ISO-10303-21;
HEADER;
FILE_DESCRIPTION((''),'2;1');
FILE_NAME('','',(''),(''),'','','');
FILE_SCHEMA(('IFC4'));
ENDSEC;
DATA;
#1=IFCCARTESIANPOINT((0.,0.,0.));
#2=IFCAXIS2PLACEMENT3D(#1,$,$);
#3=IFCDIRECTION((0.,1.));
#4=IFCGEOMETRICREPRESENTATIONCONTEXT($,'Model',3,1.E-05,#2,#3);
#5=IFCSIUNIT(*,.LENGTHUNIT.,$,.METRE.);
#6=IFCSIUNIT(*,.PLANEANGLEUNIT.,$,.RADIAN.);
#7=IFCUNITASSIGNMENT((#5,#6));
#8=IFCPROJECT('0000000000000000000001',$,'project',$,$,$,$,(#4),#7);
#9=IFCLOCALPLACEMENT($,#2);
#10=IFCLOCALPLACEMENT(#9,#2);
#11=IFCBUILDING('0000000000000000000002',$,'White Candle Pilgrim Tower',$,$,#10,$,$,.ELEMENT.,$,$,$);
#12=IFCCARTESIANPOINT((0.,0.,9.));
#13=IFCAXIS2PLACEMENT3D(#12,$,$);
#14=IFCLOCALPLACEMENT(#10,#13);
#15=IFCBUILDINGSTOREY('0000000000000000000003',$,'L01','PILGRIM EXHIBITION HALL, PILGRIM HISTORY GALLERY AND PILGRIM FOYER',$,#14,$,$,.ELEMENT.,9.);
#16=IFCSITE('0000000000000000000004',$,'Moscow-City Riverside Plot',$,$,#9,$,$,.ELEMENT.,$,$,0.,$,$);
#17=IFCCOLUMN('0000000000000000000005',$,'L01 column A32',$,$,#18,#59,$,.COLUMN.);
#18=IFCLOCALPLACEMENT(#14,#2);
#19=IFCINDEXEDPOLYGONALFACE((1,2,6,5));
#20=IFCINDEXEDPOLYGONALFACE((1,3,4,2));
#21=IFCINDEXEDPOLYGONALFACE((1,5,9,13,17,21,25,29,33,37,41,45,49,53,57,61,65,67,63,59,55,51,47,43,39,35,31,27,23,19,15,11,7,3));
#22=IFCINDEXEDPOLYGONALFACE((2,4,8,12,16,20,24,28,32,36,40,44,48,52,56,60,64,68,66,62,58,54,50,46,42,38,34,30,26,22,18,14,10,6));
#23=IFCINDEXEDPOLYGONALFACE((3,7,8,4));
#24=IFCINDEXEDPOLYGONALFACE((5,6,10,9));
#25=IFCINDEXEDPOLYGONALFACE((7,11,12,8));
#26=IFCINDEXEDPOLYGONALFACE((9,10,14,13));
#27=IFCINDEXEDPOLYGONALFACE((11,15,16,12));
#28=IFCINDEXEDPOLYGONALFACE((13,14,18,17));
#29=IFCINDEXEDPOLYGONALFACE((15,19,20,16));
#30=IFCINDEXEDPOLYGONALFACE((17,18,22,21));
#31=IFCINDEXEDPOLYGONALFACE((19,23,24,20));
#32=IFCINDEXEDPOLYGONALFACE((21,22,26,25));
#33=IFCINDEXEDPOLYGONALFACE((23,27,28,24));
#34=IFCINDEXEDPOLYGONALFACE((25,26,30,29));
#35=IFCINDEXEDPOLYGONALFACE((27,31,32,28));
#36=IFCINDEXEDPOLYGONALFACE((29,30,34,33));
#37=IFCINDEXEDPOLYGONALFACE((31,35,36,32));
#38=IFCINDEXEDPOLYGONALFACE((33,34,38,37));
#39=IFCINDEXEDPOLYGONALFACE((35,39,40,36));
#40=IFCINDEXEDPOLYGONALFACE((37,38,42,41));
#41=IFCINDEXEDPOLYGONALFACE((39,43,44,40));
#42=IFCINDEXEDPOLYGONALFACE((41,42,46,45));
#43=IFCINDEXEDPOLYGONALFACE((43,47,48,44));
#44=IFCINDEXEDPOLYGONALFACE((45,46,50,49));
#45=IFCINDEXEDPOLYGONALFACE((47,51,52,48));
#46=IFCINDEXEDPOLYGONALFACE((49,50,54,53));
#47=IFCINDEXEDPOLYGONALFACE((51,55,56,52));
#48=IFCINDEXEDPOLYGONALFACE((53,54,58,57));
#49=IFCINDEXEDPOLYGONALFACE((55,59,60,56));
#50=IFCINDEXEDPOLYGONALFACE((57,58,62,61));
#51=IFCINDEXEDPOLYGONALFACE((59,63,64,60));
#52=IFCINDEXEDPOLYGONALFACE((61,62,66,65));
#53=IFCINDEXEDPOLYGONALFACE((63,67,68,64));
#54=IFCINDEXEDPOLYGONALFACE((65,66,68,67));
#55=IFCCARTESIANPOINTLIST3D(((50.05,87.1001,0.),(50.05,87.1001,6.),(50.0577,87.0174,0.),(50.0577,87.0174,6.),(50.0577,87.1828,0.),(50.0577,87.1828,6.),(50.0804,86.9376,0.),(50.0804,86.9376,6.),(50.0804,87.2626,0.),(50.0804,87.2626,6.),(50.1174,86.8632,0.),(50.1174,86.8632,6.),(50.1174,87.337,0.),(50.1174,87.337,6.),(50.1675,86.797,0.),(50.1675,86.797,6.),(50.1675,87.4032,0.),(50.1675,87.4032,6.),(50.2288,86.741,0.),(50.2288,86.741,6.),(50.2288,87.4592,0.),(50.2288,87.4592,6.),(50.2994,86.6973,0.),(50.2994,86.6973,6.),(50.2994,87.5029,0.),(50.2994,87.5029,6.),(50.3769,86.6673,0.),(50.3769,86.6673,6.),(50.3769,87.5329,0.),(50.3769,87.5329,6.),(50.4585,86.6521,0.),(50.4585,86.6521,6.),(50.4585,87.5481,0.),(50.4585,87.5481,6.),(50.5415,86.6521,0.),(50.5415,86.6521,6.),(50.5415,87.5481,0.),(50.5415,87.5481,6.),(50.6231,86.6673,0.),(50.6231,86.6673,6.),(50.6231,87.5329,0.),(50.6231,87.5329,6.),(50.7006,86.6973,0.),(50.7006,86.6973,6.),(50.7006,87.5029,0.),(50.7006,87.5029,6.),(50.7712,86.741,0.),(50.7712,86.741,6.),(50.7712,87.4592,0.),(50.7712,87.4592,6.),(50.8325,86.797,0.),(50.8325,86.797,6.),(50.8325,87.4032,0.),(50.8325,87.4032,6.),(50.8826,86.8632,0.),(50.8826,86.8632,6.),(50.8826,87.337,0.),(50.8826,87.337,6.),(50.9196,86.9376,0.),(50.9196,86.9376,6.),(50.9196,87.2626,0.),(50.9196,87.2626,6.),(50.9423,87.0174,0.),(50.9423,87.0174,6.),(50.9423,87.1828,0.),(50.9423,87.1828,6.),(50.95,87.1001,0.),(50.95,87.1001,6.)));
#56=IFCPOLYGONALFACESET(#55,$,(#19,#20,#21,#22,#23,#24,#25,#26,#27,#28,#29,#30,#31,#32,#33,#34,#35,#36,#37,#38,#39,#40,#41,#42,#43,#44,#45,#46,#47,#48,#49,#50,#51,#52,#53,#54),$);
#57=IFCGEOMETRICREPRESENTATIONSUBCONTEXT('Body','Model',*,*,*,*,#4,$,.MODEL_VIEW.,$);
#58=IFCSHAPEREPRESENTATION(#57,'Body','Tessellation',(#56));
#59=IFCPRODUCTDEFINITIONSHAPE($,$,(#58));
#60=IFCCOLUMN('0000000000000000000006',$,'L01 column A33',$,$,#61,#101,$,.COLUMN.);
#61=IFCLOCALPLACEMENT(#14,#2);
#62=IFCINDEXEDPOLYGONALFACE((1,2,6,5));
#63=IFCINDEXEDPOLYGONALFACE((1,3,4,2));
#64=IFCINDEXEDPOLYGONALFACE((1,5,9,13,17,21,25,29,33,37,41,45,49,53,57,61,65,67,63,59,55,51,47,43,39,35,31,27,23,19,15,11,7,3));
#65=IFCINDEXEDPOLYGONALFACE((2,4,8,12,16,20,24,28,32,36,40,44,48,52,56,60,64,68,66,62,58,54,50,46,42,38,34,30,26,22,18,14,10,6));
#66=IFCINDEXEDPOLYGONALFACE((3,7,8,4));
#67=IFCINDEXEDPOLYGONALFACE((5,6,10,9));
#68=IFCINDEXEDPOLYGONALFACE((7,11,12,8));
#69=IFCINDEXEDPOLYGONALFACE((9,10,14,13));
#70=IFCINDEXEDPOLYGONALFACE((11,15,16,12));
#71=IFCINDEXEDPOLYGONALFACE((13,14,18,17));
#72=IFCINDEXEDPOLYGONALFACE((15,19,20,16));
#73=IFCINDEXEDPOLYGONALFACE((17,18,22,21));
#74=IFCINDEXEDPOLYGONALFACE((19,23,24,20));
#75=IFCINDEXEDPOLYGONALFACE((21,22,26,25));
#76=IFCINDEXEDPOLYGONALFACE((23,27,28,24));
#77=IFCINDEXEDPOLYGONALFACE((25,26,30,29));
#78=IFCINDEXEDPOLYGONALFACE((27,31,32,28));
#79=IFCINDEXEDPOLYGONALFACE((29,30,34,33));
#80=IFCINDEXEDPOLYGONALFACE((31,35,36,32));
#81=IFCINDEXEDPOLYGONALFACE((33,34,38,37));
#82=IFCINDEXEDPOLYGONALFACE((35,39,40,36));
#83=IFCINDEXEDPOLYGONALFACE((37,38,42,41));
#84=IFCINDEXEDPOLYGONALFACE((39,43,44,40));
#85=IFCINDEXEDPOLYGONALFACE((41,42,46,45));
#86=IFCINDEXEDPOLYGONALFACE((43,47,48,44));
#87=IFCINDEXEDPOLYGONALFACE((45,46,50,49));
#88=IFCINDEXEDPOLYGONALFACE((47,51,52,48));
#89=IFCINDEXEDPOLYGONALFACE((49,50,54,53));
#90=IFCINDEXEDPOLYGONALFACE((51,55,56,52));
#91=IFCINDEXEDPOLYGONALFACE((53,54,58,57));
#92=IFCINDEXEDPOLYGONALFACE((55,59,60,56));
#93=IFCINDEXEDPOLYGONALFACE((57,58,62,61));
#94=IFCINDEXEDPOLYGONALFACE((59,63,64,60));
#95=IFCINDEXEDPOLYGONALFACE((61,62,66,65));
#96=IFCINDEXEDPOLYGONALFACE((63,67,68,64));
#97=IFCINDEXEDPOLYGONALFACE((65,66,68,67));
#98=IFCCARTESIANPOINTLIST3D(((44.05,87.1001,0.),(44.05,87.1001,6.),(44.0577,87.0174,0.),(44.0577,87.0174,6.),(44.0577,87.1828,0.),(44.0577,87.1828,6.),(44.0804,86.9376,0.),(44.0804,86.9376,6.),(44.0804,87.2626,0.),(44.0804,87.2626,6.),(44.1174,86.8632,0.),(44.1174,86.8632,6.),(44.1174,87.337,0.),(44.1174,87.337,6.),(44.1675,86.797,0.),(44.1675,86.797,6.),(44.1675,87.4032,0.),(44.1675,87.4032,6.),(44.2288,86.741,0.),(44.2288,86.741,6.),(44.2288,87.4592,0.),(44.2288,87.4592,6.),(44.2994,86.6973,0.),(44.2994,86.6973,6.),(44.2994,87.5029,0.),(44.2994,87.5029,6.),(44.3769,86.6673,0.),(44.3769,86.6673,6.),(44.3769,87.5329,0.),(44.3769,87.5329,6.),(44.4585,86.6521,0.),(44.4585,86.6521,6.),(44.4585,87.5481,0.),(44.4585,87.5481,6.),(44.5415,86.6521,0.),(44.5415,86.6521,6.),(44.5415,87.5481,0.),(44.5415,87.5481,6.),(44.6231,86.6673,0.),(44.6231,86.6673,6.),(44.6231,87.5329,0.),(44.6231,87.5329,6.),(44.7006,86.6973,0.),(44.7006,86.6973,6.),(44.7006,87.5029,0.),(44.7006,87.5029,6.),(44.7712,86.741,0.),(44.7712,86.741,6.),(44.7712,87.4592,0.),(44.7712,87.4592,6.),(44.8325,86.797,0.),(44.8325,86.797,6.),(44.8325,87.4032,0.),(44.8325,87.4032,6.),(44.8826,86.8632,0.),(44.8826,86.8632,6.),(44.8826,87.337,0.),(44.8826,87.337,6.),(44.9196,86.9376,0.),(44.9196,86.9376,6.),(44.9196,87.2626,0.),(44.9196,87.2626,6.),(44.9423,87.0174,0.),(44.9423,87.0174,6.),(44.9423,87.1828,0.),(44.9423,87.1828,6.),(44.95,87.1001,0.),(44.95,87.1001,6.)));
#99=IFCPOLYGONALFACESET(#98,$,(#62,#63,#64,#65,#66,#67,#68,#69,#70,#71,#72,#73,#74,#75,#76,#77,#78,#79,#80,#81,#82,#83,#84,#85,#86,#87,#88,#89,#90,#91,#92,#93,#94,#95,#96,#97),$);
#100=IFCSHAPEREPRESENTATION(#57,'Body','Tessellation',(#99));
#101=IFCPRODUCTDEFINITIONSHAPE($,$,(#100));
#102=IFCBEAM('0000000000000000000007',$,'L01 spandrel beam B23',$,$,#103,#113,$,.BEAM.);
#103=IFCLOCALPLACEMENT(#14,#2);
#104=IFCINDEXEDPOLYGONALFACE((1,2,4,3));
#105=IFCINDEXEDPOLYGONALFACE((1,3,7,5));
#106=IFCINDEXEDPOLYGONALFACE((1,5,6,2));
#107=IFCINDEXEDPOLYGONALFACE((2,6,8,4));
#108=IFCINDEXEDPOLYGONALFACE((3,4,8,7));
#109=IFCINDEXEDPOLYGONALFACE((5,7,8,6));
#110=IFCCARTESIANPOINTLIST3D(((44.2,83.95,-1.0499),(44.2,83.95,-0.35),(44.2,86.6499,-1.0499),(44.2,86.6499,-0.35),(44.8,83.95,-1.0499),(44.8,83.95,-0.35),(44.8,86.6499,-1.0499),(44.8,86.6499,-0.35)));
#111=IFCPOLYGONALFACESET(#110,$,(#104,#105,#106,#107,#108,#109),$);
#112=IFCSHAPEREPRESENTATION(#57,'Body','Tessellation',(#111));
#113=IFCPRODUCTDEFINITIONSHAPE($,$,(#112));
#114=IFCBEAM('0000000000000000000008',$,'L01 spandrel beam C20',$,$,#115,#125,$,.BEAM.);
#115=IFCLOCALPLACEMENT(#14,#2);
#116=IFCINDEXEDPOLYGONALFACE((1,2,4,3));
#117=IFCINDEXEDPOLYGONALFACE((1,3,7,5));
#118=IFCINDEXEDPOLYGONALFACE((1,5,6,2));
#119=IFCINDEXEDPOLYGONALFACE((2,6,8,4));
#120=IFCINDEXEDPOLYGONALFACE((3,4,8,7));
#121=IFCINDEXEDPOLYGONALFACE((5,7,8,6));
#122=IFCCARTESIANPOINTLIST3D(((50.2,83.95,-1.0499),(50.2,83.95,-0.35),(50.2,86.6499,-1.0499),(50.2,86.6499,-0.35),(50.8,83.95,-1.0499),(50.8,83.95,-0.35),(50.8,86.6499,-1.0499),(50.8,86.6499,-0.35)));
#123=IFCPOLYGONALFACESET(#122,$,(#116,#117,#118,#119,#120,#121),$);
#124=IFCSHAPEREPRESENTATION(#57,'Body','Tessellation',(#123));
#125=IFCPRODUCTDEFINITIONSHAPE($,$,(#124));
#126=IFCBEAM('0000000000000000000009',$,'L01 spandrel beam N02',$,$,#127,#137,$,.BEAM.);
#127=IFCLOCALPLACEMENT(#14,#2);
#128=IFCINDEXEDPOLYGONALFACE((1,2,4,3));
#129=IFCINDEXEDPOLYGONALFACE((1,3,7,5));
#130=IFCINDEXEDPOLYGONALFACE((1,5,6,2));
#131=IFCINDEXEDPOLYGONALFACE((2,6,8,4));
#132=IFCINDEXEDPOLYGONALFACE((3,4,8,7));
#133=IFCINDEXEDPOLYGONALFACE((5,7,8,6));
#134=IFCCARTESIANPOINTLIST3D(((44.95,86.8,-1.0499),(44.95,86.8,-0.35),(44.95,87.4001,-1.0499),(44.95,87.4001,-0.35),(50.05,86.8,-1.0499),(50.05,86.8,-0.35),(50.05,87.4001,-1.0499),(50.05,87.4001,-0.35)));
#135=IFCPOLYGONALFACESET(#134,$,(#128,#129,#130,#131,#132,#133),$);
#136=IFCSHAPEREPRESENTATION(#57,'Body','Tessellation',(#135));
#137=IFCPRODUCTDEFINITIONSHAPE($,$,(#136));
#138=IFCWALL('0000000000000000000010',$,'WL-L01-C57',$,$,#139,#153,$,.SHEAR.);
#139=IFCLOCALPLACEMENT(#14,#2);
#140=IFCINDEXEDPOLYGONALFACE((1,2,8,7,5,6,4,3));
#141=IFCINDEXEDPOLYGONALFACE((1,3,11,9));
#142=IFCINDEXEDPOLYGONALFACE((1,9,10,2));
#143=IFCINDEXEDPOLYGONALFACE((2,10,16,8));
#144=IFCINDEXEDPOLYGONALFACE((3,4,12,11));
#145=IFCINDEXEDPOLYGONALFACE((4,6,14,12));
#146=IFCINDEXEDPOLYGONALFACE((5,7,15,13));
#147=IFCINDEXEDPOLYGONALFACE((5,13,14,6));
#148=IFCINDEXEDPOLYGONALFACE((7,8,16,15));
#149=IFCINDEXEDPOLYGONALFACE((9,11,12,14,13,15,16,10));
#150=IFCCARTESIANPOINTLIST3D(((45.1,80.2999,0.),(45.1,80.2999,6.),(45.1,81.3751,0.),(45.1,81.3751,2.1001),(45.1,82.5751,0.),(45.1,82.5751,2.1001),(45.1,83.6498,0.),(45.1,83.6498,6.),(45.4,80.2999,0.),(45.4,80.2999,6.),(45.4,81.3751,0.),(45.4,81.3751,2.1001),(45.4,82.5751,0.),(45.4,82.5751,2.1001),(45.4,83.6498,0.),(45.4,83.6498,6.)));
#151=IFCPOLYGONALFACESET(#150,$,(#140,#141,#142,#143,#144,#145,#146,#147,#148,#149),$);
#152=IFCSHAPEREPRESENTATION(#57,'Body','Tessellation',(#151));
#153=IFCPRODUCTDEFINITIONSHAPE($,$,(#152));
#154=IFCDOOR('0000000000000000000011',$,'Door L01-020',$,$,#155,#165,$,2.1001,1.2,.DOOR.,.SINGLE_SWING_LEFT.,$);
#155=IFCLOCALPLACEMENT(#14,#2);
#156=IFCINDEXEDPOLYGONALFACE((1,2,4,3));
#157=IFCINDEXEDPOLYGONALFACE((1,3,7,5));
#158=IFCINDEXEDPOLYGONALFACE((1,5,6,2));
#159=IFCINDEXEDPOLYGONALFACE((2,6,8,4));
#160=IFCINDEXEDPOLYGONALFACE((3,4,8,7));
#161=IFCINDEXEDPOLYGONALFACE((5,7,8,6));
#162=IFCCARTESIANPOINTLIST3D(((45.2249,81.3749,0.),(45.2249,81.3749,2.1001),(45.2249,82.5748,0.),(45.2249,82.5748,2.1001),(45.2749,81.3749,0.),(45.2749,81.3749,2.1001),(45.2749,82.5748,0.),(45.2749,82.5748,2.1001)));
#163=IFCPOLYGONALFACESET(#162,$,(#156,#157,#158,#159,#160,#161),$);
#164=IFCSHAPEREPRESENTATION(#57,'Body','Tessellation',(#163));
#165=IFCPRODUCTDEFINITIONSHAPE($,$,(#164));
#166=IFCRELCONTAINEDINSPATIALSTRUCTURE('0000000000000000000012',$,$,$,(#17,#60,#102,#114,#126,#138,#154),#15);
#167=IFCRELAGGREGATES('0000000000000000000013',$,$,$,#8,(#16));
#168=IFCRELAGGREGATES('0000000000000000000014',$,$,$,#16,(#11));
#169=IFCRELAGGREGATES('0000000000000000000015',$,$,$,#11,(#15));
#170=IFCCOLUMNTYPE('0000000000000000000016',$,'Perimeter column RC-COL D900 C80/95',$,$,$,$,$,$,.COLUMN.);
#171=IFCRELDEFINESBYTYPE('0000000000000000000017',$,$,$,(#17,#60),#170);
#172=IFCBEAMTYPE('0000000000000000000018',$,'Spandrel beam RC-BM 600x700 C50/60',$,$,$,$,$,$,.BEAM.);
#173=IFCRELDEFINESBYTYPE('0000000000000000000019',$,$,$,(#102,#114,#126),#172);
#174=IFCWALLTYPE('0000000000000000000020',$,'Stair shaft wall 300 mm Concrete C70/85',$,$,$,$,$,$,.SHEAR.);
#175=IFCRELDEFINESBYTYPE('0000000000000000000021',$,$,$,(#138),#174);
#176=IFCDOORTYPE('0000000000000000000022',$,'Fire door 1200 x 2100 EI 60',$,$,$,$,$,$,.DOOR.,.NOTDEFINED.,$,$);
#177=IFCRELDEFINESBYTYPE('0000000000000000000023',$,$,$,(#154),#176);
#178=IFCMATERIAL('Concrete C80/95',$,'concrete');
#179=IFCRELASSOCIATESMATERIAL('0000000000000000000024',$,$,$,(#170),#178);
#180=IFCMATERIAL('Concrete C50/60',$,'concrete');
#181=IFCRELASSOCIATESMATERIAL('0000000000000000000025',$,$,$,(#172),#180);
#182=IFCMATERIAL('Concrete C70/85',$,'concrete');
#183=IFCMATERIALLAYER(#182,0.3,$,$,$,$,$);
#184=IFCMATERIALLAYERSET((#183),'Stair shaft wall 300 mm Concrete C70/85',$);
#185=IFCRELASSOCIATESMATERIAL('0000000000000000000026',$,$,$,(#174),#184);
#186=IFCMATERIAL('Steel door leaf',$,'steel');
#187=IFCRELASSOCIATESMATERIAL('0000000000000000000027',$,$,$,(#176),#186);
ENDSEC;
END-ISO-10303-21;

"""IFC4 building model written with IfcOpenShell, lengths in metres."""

from ifc_helpers import new_model, si_unit, direction, frame, frame_2d, origin, origin_2d, place, context, subcontext, project, spatial, rectangle, circle, extrude, material, layer, layer_set, material_profile, profile_set, type_object, element, fill, save


model = new_model("IFC4")

# Units and contexts
model_context = context("Model", 3, precision=1e-05, world=origin(), true_north=direction((0.0, 1.0)))
body_context = subcontext(model_context, "Body", "Model", "MODEL_VIEW")
ifc_project = project(units=[si_unit("LENGTHUNIT", "METRE"), si_unit("PLANEANGLEUNIT", "RADIAN")], contexts=[model_context])

# Site, building, storey
site_placement = place(None, origin())
site = spatial("IfcSite", under=ifc_project, at=site_placement, Name="Moscow-City Riverside Plot", CompositionType="ELEMENT", RefElevation=0.0)
building_placement = place(site_placement, origin())
building = spatial("IfcBuilding", under=site, at=building_placement, Name="White Candle Pilgrim Tower", CompositionType="ELEMENT")
storey_placement = place(building_placement, frame((0.0, 0.0, 9.0)))
storey = spatial("IfcBuildingStorey", under=building, at=storey_placement, Name="L01", Description="PILGRIM EXHIBITION HALL, PILGRIM HISTORY GALLERY AND PILGRIM FOYER", CompositionType="ELEMENT", Elevation=9.0)

# Columns
ifc_material_1 = material(Name="Concrete C80/95", Category="concrete")
ifc_material_profile_1 = material_profile(ifc_material_1, circle(Radius=0.45, at=origin_2d()), Name="RC-COL D900")
ifc_profile_set_1 = profile_set([ifc_material_profile_1], Name="Concrete C80/95")
column_type = type_object("IfcColumnType", Name="Perimeter column RC-COL D900 C80/95", PredefinedType="COLUMN", material=ifc_profile_set_1)
for number, where, z_axis, x_axis, name in (
    (1, (50.5, 87.1001, 0.0), (0.0, 0.0, 1.0), (1.0, 0.0, 0.0), "L01 column A32"),
    (2, (44.5, 87.1001, 0.0), (0.0, 0.0, 1.0), (1.0, 0.0, 0.0), "L01 column A33"),
):
    element("IfcColumn", number, at=place(storey_placement, frame(where, z_axis=z_axis, x_axis=x_axis)), inside=storey, type_object=column_type, Name=name, PredefinedType="COLUMN", context=body_context, shape_type="SweptSolid", body=[
        extrude(circle(Radius=0.45, at=origin_2d()), origin(), (0.0, 0.0, 1.0), 6.0),
    ])

# Beams
ifc_material_2 = material(Name="Concrete C50/60", Category="concrete")
ifc_material_profile_2 = material_profile(ifc_material_2, rectangle(XDim=0.6001, YDim=0.7, at=origin_2d()), Name="RC-BM 600x700")
ifc_profile_set_2 = profile_set([ifc_material_profile_2], Name="Concrete C50/60")
beam_type = type_object("IfcBeamType", Name="Spandrel beam RC-BM 600x700 C50/60", PredefinedType="BEAM", material=ifc_profile_set_2)
for number, where, z_axis, x_axis, name in (
    (3, (44.5, 86.6499, -0.7), (0.0, -1.0, 0.0), (1.0, 0.0, 0.0), "L01 spandrel beam B23"),
    (4, (50.5, 86.6499, -0.7), (0.0, -1.0, 0.0), (1.0, 0.0, 0.0), "L01 spandrel beam C20"),
):
    element("IfcBeam", number, at=place(storey_placement, frame(where, z_axis=z_axis, x_axis=x_axis)), inside=storey, type_object=beam_type, Name=name, PredefinedType="BEAM", context=body_context, shape_type="SweptSolid", body=[
        extrude(rectangle(XDim=0.6001, YDim=0.7, at=origin_2d()), origin(), (0.0, 0.0, 1.0), 2.7),
    ])
beam_placement = place(storey_placement, frame((44.95, 87.1001, -0.7), z_axis=(1.0, 0.0, 0.0), x_axis=(0.0, 1.0, 0.0)))
element("IfcBeam", 5, at=beam_placement, inside=storey, type_object=beam_type, Name="L01 spandrel beam N02", PredefinedType="BEAM", context=body_context, shape_type="SweptSolid", body=[
    extrude(rectangle(XDim=0.6001, YDim=0.7, at=origin_2d()), origin(), (0.0, 0.0, 1.0), 5.1001),
])

# Wall, opening, door
ifc_material_3 = material(Name="Concrete C70/85", Category="concrete")
ifc_layer_1 = layer(ifc_material_3, 0.3)
ifc_layer_set_1 = layer_set([ifc_layer_1], Name="Stair shaft wall 300 mm Concrete C70/85")
wall_type = type_object("IfcWallType", Name="Stair shaft wall 300 mm Concrete C70/85", PredefinedType="SHEAR", material=ifc_layer_set_1)
wall_placement = place(storey_placement, frame((45.25, 80.3, 0.0), z_axis=(0.0, 0.0, 1.0), x_axis=(0.0, 1.0, 0.0)))
wall = element("IfcWall", 6, at=wall_placement, inside=storey, type_object=wall_type, Name="WL-L01-C57", PredefinedType="SHEAR", context=body_context, shape_type="SweptSolid", body=[
    extrude(rectangle(XDim=3.3499, YDim=0.3, at=frame_2d((1.6748, 0.0))), origin(), (0.0, 0.0, 1.0), 6.0),
])
opening_placement = place(wall_placement, frame((1.075, 0.0, 0.0)))
opening = element("IfcOpeningElement", 7, at=opening_placement, cuts=wall, PredefinedType="OPENING", context=body_context, shape_type="SweptSolid", body=[
    extrude(rectangle(XDim=1.2, YDim=2.1001, at=frame_2d((0.6001, 1.05))), frame((0.0, 0.1599, 0.0), z_axis=(0.0, -1.0, 0.0), x_axis=(1.0, 0.0, 0.0)), (0.0, 0.0, 1.0), 0.3201),
])
ifc_material_4 = material(Name="Steel door leaf", Category="steel")
door_type = type_object("IfcDoorType", Name="Fire door 1200 x 2100 EI 60", OperationType="NOTDEFINED", PredefinedType="DOOR", material=ifc_material_4)
door_placement = place(opening_placement, frame((1.2, 0.0, 0.0), z_axis=(0.0, 0.0, 1.0), x_axis=(-1.0, 0.0, 0.0)))
door = element("IfcDoor", 8, at=door_placement, inside=storey, type_object=door_type, Name="Door L01-020", OperationType="SINGLE_SWING_LEFT", OverallHeight=2.1001, OverallWidth=1.2, PredefinedType="DOOR", context=body_context, shape_type="SweptSolid", body=[
    extrude(rectangle(XDim=1.2, YDim=2.1001, at=frame_2d((0.6001, 1.05))), frame((0.0, 0.0249, 0.0), z_axis=(0.0, -1.0, 0.0), x_axis=(1.0, 0.0, 0.0)), (0.0, 0.0, 1.0), 0.05),
])
fill(opening, door)

save(model, "model.ifc")
